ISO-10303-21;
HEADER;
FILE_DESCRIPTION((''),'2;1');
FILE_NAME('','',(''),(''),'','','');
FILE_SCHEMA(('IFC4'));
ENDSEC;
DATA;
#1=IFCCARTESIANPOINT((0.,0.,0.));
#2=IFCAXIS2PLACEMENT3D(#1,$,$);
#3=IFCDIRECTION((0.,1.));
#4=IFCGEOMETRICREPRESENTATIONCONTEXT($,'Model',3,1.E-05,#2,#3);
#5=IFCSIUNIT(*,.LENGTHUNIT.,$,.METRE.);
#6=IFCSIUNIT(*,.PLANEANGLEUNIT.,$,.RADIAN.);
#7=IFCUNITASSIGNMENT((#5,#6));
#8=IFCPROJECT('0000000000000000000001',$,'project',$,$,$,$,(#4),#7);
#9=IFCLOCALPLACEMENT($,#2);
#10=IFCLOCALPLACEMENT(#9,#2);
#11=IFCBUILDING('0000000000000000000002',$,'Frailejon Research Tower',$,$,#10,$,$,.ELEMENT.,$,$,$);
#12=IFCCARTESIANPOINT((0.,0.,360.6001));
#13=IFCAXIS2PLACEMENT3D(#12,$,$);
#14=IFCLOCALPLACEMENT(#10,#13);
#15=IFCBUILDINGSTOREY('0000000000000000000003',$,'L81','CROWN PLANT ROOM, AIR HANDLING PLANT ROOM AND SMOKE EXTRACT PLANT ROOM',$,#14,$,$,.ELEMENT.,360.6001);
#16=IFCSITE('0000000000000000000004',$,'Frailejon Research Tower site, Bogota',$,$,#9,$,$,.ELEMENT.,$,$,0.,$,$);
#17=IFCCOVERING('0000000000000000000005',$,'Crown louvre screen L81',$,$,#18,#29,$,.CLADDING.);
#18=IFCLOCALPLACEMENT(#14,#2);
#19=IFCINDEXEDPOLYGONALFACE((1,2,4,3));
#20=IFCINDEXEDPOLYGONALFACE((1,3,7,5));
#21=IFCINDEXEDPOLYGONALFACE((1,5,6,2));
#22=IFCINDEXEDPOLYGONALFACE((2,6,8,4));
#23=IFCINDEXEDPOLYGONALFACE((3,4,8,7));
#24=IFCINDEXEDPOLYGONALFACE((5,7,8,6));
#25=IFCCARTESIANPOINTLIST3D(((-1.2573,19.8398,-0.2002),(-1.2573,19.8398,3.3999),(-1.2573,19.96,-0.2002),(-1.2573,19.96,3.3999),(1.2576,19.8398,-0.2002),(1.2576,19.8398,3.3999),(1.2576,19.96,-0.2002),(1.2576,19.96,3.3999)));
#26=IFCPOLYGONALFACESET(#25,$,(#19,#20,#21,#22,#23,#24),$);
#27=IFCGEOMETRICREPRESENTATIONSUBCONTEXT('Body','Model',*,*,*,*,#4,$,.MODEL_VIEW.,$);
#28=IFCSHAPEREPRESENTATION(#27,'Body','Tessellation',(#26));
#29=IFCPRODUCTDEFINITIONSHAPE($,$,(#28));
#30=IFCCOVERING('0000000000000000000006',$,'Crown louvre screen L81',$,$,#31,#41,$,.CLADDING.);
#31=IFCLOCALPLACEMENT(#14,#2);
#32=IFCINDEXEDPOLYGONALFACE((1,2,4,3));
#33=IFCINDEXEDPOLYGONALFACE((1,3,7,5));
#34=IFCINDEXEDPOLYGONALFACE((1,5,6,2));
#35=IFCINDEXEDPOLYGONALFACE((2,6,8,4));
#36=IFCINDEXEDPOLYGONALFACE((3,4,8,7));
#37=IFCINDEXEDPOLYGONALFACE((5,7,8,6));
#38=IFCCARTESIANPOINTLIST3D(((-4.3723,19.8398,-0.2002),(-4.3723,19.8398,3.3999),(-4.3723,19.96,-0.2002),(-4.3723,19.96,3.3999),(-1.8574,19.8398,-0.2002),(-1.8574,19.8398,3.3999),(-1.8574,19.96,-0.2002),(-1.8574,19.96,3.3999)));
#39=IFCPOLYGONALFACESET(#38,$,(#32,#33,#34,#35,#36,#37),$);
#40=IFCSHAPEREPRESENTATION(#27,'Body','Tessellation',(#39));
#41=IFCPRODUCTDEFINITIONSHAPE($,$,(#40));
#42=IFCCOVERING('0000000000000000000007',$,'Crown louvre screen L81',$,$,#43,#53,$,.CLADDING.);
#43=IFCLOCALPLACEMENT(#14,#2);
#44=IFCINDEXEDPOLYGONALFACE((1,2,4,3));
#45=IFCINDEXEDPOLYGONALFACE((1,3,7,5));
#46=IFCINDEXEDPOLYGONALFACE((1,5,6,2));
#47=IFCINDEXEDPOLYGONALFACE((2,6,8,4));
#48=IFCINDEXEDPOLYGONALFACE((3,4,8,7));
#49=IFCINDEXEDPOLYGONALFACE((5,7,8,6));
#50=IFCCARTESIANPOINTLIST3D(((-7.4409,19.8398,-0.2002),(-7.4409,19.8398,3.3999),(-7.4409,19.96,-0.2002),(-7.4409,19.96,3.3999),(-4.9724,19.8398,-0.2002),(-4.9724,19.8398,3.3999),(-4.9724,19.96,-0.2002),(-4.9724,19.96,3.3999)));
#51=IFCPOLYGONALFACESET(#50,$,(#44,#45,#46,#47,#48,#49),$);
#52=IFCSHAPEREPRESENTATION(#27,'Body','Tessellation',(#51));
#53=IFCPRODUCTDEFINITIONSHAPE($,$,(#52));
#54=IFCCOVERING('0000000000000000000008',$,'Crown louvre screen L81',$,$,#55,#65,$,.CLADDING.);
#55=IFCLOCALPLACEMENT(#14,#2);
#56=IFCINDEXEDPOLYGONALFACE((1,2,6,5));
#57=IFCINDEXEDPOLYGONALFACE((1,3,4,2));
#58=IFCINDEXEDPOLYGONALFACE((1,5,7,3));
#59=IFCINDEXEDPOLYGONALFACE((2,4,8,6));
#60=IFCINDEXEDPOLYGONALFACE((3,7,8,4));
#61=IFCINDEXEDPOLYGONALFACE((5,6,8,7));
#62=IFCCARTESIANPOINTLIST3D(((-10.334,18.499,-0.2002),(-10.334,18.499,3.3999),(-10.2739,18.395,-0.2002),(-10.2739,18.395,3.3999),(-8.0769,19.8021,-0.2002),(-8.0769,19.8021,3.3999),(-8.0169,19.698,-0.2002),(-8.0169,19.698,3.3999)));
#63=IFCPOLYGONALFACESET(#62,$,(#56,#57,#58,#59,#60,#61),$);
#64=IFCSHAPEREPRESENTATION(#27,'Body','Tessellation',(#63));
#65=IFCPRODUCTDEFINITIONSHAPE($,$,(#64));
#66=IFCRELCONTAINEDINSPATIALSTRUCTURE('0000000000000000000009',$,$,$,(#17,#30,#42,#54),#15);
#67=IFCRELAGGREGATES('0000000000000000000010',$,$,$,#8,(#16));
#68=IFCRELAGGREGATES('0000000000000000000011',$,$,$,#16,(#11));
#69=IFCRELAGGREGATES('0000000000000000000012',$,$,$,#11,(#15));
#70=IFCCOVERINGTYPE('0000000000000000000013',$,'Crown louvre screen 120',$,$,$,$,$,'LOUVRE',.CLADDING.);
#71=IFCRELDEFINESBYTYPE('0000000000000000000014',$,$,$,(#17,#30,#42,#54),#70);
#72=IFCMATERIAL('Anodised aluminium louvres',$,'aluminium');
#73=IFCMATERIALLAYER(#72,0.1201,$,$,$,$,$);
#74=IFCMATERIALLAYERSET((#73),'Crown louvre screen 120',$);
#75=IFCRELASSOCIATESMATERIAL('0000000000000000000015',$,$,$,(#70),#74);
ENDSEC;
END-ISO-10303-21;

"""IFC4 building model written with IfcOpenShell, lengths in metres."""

from ifc_helpers import new_model, si_unit, direction, frame, origin, place, context, subcontext, project, spatial, polyline, outline, extrude, material, layer, layer_set, type_object, element, save


model = new_model("IFC4")

# Units and contexts
model_context = context("Model", 3, precision=1e-05, world=origin(), true_north=direction((0.0, 1.0)))
body_context = subcontext(model_context, "Body", "Model", "MODEL_VIEW")
ifc_project = project(units=[si_unit("LENGTHUNIT", "METRE"), si_unit("PLANEANGLEUNIT", "RADIAN")], contexts=[model_context])

# Site, building, storey
site_placement = place(None, origin())
site = spatial("IfcSite", under=ifc_project, at=site_placement, Name="Frailejon Research Tower site, Bogota", CompositionType="ELEMENT", RefElevation=0.0)
building_placement = place(site_placement, origin())
building = spatial("IfcBuilding", under=site, at=building_placement, Name="Frailejon Research Tower", CompositionType="ELEMENT")
storey_placement = place(building_placement, frame((0.0, 0.0, 360.6001)))
storey = spatial("IfcBuildingStorey", under=building, at=storey_placement, Name="L81", Description="CROWN PLANT ROOM, AIR HANDLING PLANT ROOM AND SMOKE EXTRACT PLANT ROOM", CompositionType="ELEMENT", Elevation=360.6001)

# Coverings
ifc_material_1 = material(Name="Anodised aluminium louvres", Category="aluminium")
ifc_layer_1 = layer(ifc_material_1, 0.1201)
ifc_layer_set_1 = layer_set([ifc_layer_1], Name="Crown louvre screen 120")
covering_type = type_object("IfcCoveringType", Name="Crown louvre screen 120", ElementType="LOUVRE", PredefinedType="CLADDING", material=ifc_layer_set_1)
for number, where, z_axis, x_axis, name in (
    (1, (-1.2573, 19.8999, -0.2002), (1.0, 0.0, 0.0), (0.0, 1.0, 0.0), "Crown louvre screen L81"),
    (2, (-4.3723, 19.8999, -0.2002), (1.0, 0.0, 0.0), (0.0, 1.0, 0.0), "Crown louvre screen L81"),
):
    element("IfcCovering", number, at=place(storey_placement, frame(where, z_axis=z_axis, x_axis=x_axis)), inside=storey, type_object=covering_type, Name=name, PredefinedType="CLADDING", context=body_context, shape_type="SweptSolid", body=[
        extrude(outline(polyline([(-0.0601, 0.0), (0.0601, 0.0), (0.0601, 3.6001), (-0.0601, 3.6001), (-0.0601, 0.0)])), origin(), (0.0, 0.0, 1.0), 2.5149),
    ])
covering_1_placement = place(storey_placement, frame((-7.4409, 19.8999, -0.2002), z_axis=(1.0, 0.0, 0.0), x_axis=(0.0, 1.0, 0.0)))
element("IfcCovering", 3, at=covering_1_placement, inside=storey, type_object=covering_type, Name="Crown louvre screen L81", PredefinedType="CLADDING", context=body_context, shape_type="SweptSolid", body=[
    extrude(outline(polyline([(-0.0601, 0.0), (0.0601, 0.0), (0.0601, 3.6001), (-0.0601, 3.6001), (-0.0601, 0.0)])), origin(), (0.0, 0.0, 1.0), 2.4685),
])
covering_2_placement = place(storey_placement, frame((-10.304, 18.447, -0.2002), z_axis=(0.866039, 0.499977, 0.0), x_axis=(-0.499977, 0.866039, 0.0)))
element("IfcCovering", 4, at=covering_2_placement, inside=storey, type_object=covering_type, Name="Crown louvre screen L81", PredefinedType="CLADDING", context=body_context, shape_type="SweptSolid", body=[
    extrude(outline(polyline([(-0.0601, 0.0), (0.0601, 0.0), (0.0601, 3.6001), (-0.0601, 3.6001), (-0.0601, 0.0)])), origin(), (0.0, 0.0, 1.0), 2.6062),
])

save(model, "model.ifc")
